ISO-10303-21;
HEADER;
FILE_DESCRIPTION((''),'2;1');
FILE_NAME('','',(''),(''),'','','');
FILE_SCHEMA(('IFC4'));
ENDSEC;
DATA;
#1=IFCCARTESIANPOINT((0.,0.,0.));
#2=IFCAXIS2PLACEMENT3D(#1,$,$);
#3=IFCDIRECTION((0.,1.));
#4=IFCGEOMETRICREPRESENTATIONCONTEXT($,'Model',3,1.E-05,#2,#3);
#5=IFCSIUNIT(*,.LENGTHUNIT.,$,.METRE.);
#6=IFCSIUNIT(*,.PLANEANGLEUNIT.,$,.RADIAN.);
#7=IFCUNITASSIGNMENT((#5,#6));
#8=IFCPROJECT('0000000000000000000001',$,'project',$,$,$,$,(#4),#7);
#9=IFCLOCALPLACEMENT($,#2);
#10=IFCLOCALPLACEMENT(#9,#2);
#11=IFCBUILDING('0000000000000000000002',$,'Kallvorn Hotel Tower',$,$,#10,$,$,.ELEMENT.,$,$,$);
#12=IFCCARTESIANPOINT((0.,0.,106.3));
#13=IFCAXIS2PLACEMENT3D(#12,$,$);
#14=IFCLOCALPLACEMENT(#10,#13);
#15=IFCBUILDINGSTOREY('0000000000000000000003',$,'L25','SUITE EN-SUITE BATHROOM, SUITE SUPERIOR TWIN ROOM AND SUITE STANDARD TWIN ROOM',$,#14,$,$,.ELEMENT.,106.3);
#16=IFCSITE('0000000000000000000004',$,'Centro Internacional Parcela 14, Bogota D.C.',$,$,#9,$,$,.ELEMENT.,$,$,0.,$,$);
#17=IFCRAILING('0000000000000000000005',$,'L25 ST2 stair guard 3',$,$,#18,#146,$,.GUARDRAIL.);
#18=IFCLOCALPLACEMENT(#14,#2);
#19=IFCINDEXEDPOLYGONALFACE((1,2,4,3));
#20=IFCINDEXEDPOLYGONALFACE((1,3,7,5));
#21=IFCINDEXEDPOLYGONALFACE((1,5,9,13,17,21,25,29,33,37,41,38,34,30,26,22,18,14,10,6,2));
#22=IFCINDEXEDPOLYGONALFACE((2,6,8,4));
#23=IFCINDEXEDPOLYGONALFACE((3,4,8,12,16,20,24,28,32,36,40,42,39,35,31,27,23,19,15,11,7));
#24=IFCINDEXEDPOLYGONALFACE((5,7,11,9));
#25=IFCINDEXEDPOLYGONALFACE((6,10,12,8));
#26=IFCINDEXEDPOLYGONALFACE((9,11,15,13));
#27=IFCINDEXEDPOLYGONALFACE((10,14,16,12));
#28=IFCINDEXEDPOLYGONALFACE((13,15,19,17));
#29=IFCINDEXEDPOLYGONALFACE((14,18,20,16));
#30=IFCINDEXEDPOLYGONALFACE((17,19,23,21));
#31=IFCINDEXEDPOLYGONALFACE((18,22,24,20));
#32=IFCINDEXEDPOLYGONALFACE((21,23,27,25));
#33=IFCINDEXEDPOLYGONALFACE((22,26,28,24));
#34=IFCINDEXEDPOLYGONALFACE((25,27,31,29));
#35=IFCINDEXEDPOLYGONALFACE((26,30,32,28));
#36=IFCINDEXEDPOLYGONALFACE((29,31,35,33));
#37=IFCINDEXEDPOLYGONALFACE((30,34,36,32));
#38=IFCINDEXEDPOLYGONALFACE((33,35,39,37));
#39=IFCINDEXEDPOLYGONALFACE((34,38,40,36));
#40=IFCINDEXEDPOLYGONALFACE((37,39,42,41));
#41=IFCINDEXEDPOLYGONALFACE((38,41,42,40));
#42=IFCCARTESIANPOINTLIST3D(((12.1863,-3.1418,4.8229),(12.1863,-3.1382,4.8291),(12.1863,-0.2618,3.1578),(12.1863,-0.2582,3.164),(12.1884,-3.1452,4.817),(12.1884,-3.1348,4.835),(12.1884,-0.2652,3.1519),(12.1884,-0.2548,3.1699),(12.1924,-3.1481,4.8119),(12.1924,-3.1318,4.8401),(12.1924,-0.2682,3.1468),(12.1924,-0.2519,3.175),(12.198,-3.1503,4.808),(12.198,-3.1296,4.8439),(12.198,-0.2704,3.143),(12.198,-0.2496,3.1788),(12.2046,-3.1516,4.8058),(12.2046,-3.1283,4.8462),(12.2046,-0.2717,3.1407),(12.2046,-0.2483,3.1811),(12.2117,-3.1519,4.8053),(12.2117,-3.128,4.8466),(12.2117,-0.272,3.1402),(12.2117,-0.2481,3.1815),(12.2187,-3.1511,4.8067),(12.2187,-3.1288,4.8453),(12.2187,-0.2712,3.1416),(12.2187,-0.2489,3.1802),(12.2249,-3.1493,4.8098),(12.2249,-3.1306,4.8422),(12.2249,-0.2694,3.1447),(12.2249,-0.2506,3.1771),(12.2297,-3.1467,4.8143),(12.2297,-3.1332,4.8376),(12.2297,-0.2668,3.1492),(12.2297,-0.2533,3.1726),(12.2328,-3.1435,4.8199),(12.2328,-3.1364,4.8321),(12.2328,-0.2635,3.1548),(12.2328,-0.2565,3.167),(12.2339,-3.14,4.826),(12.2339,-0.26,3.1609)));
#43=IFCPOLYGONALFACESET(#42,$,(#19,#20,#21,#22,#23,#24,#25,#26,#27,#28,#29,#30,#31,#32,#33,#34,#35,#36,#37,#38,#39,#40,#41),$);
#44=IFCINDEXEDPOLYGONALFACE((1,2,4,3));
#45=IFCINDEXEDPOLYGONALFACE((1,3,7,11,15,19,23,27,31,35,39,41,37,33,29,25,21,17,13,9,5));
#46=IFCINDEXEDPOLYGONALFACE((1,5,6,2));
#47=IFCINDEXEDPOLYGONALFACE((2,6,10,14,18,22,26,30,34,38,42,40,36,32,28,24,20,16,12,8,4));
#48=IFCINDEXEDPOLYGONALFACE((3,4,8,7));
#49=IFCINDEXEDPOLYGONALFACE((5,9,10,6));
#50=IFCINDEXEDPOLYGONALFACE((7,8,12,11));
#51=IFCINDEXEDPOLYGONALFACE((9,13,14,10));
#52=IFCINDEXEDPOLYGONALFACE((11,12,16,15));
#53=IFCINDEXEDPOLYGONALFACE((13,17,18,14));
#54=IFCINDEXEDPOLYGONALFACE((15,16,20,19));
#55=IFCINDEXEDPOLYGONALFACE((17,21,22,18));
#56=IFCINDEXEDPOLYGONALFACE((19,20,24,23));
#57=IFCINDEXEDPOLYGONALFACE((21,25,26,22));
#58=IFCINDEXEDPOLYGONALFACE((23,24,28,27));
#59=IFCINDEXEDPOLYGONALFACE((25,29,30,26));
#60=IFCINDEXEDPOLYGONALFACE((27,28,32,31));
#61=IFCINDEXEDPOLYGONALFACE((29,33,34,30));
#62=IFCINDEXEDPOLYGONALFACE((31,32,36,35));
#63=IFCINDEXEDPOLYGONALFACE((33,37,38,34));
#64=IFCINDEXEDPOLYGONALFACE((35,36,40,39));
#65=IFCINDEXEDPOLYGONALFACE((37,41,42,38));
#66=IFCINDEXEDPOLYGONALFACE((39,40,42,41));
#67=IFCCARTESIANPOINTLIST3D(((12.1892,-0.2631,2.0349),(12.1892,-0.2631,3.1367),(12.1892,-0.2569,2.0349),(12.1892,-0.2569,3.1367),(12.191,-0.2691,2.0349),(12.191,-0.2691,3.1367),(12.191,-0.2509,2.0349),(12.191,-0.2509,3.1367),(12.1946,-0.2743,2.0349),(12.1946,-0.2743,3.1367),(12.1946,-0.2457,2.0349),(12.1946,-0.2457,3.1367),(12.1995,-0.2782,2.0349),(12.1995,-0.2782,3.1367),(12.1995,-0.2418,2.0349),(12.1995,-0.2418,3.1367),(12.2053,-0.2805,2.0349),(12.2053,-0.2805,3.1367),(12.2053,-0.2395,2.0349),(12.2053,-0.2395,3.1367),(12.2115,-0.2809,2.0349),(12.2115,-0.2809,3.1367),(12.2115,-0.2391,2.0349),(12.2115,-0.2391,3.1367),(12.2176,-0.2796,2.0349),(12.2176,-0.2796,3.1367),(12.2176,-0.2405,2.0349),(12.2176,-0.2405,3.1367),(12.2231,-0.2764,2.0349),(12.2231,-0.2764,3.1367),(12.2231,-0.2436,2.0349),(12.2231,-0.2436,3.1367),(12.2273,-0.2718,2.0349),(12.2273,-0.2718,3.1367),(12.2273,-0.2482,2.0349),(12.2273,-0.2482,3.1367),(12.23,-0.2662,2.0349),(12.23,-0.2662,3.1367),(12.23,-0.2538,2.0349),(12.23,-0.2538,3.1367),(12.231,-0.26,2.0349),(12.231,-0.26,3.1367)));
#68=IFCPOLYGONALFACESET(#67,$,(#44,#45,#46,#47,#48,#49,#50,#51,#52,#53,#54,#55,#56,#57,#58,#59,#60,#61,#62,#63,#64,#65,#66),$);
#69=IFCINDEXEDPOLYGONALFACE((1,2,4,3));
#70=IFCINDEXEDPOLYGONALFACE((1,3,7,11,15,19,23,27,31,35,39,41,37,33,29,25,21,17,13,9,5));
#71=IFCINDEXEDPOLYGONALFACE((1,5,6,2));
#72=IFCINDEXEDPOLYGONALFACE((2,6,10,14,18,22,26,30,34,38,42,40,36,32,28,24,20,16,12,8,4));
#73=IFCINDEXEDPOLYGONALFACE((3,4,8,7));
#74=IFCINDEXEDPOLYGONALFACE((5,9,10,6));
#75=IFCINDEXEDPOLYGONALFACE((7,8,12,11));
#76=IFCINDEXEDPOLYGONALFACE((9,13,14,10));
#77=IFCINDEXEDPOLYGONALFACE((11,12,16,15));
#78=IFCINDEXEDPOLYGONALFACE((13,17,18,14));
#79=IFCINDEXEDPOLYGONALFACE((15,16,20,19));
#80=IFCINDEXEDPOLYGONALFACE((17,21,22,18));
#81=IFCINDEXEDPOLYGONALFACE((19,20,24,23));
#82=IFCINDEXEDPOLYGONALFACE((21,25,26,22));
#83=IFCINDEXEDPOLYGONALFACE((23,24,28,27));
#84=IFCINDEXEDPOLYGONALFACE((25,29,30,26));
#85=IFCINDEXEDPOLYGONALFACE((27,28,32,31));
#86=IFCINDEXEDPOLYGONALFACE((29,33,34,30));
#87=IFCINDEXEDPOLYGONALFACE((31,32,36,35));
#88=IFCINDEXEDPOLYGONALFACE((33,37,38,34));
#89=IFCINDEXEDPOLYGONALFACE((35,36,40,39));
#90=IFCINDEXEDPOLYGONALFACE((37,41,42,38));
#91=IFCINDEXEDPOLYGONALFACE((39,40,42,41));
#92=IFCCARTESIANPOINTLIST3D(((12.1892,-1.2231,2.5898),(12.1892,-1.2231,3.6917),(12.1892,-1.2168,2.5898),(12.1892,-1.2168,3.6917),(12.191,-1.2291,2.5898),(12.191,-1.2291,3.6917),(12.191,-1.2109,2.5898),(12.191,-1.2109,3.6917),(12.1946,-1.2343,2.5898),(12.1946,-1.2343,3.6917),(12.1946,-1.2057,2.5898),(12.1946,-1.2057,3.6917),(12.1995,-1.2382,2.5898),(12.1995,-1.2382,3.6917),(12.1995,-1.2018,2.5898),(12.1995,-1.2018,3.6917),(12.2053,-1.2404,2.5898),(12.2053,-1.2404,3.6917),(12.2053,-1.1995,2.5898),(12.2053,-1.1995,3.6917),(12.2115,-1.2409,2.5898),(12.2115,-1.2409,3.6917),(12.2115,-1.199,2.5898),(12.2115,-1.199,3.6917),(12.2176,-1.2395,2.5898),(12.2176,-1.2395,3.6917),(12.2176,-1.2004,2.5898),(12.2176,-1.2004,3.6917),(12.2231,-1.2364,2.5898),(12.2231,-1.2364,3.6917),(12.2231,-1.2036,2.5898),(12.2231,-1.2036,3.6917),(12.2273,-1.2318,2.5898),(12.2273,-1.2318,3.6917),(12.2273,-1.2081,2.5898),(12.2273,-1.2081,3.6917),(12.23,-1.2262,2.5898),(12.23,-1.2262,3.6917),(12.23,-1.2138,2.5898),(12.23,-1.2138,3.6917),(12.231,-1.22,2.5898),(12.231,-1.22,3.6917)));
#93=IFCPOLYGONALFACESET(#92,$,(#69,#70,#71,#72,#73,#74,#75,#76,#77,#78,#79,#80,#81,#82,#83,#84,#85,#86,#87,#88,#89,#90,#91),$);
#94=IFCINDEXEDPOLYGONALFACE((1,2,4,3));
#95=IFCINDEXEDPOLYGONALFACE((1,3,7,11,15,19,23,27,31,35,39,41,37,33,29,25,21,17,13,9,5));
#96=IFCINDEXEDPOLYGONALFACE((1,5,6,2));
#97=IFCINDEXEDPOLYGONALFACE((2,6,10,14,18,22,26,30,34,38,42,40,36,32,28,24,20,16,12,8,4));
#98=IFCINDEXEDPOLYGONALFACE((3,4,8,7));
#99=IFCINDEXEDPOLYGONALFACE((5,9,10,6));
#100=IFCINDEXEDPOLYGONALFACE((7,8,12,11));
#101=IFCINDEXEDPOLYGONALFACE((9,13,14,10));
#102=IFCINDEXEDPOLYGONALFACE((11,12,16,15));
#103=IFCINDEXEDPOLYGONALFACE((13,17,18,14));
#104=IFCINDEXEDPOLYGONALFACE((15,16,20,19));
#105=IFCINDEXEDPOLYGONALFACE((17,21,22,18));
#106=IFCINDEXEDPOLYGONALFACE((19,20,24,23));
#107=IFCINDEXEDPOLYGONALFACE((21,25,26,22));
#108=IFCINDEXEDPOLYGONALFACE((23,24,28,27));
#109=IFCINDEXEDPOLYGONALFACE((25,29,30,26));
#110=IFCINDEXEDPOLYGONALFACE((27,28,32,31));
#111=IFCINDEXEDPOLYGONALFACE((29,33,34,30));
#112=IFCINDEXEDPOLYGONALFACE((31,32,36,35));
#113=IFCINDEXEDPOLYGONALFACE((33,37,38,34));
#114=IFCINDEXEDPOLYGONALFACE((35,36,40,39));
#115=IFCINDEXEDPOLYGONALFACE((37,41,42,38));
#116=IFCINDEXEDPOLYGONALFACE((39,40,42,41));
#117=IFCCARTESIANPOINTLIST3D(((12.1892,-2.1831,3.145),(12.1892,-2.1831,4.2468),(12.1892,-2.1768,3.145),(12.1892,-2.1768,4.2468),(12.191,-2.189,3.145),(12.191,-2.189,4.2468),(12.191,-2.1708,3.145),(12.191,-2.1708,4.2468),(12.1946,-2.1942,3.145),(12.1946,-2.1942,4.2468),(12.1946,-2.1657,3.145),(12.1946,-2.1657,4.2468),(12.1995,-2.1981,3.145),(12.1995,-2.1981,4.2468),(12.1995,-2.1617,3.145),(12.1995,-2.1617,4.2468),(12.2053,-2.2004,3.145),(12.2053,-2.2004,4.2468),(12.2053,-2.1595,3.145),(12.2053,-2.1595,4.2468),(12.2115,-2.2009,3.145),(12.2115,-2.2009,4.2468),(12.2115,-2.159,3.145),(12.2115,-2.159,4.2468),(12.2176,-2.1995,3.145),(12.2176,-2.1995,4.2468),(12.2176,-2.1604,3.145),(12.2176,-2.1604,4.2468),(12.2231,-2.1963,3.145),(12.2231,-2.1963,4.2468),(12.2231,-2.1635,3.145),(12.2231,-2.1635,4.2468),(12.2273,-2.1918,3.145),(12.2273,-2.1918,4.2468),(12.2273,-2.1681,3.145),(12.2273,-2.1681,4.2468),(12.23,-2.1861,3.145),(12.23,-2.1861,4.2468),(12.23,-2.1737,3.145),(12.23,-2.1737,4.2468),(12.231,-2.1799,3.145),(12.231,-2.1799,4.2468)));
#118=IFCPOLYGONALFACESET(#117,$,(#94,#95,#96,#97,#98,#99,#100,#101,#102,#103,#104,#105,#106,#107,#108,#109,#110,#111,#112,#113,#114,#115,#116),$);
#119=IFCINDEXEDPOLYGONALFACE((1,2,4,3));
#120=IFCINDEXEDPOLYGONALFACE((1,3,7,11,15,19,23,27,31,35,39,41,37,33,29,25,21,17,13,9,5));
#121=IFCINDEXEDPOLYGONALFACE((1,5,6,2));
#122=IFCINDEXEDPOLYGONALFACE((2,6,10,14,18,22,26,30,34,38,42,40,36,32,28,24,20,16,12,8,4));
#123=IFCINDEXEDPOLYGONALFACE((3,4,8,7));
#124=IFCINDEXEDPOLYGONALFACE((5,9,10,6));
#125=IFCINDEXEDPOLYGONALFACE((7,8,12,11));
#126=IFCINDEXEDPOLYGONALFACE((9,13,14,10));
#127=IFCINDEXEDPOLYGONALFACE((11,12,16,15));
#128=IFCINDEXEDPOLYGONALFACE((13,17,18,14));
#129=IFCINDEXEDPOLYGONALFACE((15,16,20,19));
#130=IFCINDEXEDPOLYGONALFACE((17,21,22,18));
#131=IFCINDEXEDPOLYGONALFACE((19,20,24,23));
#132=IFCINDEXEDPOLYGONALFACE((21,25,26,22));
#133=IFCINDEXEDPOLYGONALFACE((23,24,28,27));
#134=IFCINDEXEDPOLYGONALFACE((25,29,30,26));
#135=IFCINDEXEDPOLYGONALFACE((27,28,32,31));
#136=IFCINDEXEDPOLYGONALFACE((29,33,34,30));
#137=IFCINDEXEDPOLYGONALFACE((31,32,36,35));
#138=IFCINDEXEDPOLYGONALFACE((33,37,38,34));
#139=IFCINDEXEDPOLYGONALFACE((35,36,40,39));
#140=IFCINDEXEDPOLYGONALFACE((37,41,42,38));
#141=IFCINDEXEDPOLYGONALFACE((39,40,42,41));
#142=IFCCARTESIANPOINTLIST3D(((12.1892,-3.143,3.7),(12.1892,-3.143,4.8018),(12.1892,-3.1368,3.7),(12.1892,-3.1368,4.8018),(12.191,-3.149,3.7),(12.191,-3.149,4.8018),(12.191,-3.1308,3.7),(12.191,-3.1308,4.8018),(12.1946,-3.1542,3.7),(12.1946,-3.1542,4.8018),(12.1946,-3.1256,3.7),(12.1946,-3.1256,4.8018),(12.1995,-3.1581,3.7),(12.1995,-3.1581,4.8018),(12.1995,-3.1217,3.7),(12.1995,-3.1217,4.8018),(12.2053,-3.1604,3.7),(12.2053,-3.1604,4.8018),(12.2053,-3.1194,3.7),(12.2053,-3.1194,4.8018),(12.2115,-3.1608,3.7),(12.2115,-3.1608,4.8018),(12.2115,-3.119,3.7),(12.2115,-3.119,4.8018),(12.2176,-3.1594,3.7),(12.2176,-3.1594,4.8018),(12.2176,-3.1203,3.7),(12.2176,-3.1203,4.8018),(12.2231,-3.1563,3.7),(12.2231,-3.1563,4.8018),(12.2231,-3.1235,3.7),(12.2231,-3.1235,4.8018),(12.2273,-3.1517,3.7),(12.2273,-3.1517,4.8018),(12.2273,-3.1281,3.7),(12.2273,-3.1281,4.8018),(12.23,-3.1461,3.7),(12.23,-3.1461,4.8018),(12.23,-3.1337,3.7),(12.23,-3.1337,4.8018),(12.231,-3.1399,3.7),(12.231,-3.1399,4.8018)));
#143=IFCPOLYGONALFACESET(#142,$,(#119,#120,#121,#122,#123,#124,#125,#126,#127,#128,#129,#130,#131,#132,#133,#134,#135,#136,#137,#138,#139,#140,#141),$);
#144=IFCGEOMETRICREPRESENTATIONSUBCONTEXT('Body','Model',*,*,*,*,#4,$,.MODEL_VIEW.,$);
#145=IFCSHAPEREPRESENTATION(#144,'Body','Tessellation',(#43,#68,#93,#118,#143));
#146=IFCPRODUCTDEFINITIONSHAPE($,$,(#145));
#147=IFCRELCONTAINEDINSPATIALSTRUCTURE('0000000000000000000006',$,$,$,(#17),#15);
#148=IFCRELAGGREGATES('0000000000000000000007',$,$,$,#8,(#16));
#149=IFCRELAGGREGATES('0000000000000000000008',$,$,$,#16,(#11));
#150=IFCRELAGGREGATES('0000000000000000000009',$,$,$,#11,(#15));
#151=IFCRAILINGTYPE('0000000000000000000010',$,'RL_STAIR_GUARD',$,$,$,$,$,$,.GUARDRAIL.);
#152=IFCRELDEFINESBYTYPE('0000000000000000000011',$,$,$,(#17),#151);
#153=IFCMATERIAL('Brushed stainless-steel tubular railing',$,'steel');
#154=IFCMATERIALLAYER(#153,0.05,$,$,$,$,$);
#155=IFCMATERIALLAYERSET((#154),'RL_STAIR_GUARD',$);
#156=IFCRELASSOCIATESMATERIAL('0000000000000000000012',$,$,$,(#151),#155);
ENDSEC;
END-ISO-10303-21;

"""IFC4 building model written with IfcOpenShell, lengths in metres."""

from ifc_helpers import new_model, si_unit, direction, frame, origin, origin_2d, place, context, subcontext, project, spatial, circle, extrude, material, layer, layer_set, type_object, element, save


model = new_model("IFC4")

# Units and contexts
model_context = context("Model", 3, precision=1e-05, world=origin(), true_north=direction((0.0, 1.0)))
body_context = subcontext(model_context, "Body", "Model", "MODEL_VIEW")
ifc_project = project(units=[si_unit("LENGTHUNIT", "METRE"), si_unit("PLANEANGLEUNIT", "RADIAN")], contexts=[model_context])

# Site, building, storey
site_placement = place(None, origin())
site = spatial("IfcSite", under=ifc_project, at=site_placement, Name="Centro Internacional Parcela 14, Bogota D.C.", CompositionType="ELEMENT", RefElevation=0.0)
building_placement = place(site_placement, origin())
building = spatial("IfcBuilding", under=site, at=building_placement, Name="Kallvorn Hotel Tower", CompositionType="ELEMENT")
storey_placement = place(building_placement, frame((0.0, 0.0, 106.3)))
storey = spatial("IfcBuildingStorey", under=building, at=storey_placement, Name="L25", Description="SUITE EN-SUITE BATHROOM, SUITE SUPERIOR TWIN ROOM AND SUITE STANDARD TWIN ROOM", CompositionType="ELEMENT", Elevation=106.3)

# Railing
ifc_material_1 = material(Name="Brushed stainless-steel tubular railing", Category="steel")
ifc_layer_1 = layer(ifc_material_1, 0.05)
ifc_layer_set_1 = layer_set([ifc_layer_1], Name="RL_STAIR_GUARD")
railing_type_1 = type_object("IfcRailingType", Name="RL_STAIR_GUARD", PredefinedType="GUARDRAIL", material=ifc_layer_set_1)
railing_1_placement = place(storey_placement, frame((12.21, -0.26, 2.0349)))
element("IfcRailing", 1, at=railing_1_placement, inside=storey, type_object=railing_type_1, Name="L25 ST2 stair guard 3", PredefinedType="GUARDRAIL", context=body_context, shape_type="SweptSolid", body=[
    extrude(circle(Radius=0.0239, at=origin_2d()), frame((0.0, 0.0, 1.126), z_axis=(0.0, -0.865721, 0.500527), x_axis=(1.0, 0.0, 0.0)), (0.0, 0.0, 1.0), 3.3267),
    extrude(circle(Radius=0.021, at=origin_2d()), origin(), (0.0, 0.0, 1.0), 1.1018),
    extrude(circle(Radius=0.021, at=origin_2d()), frame((0.0, -0.96, 0.5549)), (0.0, 0.0, 1.0), 1.1018),
    extrude(circle(Radius=0.021, at=origin_2d()), frame((0.0, -1.9199, 1.1101)), (0.0, 0.0, 1.0), 1.1018),
    extrude(circle(Radius=0.021, at=origin_2d()), frame((0.0, -2.8799, 1.665)), (0.0, 0.0, 1.0), 1.1018),
])

save(model, "model.ifc")
